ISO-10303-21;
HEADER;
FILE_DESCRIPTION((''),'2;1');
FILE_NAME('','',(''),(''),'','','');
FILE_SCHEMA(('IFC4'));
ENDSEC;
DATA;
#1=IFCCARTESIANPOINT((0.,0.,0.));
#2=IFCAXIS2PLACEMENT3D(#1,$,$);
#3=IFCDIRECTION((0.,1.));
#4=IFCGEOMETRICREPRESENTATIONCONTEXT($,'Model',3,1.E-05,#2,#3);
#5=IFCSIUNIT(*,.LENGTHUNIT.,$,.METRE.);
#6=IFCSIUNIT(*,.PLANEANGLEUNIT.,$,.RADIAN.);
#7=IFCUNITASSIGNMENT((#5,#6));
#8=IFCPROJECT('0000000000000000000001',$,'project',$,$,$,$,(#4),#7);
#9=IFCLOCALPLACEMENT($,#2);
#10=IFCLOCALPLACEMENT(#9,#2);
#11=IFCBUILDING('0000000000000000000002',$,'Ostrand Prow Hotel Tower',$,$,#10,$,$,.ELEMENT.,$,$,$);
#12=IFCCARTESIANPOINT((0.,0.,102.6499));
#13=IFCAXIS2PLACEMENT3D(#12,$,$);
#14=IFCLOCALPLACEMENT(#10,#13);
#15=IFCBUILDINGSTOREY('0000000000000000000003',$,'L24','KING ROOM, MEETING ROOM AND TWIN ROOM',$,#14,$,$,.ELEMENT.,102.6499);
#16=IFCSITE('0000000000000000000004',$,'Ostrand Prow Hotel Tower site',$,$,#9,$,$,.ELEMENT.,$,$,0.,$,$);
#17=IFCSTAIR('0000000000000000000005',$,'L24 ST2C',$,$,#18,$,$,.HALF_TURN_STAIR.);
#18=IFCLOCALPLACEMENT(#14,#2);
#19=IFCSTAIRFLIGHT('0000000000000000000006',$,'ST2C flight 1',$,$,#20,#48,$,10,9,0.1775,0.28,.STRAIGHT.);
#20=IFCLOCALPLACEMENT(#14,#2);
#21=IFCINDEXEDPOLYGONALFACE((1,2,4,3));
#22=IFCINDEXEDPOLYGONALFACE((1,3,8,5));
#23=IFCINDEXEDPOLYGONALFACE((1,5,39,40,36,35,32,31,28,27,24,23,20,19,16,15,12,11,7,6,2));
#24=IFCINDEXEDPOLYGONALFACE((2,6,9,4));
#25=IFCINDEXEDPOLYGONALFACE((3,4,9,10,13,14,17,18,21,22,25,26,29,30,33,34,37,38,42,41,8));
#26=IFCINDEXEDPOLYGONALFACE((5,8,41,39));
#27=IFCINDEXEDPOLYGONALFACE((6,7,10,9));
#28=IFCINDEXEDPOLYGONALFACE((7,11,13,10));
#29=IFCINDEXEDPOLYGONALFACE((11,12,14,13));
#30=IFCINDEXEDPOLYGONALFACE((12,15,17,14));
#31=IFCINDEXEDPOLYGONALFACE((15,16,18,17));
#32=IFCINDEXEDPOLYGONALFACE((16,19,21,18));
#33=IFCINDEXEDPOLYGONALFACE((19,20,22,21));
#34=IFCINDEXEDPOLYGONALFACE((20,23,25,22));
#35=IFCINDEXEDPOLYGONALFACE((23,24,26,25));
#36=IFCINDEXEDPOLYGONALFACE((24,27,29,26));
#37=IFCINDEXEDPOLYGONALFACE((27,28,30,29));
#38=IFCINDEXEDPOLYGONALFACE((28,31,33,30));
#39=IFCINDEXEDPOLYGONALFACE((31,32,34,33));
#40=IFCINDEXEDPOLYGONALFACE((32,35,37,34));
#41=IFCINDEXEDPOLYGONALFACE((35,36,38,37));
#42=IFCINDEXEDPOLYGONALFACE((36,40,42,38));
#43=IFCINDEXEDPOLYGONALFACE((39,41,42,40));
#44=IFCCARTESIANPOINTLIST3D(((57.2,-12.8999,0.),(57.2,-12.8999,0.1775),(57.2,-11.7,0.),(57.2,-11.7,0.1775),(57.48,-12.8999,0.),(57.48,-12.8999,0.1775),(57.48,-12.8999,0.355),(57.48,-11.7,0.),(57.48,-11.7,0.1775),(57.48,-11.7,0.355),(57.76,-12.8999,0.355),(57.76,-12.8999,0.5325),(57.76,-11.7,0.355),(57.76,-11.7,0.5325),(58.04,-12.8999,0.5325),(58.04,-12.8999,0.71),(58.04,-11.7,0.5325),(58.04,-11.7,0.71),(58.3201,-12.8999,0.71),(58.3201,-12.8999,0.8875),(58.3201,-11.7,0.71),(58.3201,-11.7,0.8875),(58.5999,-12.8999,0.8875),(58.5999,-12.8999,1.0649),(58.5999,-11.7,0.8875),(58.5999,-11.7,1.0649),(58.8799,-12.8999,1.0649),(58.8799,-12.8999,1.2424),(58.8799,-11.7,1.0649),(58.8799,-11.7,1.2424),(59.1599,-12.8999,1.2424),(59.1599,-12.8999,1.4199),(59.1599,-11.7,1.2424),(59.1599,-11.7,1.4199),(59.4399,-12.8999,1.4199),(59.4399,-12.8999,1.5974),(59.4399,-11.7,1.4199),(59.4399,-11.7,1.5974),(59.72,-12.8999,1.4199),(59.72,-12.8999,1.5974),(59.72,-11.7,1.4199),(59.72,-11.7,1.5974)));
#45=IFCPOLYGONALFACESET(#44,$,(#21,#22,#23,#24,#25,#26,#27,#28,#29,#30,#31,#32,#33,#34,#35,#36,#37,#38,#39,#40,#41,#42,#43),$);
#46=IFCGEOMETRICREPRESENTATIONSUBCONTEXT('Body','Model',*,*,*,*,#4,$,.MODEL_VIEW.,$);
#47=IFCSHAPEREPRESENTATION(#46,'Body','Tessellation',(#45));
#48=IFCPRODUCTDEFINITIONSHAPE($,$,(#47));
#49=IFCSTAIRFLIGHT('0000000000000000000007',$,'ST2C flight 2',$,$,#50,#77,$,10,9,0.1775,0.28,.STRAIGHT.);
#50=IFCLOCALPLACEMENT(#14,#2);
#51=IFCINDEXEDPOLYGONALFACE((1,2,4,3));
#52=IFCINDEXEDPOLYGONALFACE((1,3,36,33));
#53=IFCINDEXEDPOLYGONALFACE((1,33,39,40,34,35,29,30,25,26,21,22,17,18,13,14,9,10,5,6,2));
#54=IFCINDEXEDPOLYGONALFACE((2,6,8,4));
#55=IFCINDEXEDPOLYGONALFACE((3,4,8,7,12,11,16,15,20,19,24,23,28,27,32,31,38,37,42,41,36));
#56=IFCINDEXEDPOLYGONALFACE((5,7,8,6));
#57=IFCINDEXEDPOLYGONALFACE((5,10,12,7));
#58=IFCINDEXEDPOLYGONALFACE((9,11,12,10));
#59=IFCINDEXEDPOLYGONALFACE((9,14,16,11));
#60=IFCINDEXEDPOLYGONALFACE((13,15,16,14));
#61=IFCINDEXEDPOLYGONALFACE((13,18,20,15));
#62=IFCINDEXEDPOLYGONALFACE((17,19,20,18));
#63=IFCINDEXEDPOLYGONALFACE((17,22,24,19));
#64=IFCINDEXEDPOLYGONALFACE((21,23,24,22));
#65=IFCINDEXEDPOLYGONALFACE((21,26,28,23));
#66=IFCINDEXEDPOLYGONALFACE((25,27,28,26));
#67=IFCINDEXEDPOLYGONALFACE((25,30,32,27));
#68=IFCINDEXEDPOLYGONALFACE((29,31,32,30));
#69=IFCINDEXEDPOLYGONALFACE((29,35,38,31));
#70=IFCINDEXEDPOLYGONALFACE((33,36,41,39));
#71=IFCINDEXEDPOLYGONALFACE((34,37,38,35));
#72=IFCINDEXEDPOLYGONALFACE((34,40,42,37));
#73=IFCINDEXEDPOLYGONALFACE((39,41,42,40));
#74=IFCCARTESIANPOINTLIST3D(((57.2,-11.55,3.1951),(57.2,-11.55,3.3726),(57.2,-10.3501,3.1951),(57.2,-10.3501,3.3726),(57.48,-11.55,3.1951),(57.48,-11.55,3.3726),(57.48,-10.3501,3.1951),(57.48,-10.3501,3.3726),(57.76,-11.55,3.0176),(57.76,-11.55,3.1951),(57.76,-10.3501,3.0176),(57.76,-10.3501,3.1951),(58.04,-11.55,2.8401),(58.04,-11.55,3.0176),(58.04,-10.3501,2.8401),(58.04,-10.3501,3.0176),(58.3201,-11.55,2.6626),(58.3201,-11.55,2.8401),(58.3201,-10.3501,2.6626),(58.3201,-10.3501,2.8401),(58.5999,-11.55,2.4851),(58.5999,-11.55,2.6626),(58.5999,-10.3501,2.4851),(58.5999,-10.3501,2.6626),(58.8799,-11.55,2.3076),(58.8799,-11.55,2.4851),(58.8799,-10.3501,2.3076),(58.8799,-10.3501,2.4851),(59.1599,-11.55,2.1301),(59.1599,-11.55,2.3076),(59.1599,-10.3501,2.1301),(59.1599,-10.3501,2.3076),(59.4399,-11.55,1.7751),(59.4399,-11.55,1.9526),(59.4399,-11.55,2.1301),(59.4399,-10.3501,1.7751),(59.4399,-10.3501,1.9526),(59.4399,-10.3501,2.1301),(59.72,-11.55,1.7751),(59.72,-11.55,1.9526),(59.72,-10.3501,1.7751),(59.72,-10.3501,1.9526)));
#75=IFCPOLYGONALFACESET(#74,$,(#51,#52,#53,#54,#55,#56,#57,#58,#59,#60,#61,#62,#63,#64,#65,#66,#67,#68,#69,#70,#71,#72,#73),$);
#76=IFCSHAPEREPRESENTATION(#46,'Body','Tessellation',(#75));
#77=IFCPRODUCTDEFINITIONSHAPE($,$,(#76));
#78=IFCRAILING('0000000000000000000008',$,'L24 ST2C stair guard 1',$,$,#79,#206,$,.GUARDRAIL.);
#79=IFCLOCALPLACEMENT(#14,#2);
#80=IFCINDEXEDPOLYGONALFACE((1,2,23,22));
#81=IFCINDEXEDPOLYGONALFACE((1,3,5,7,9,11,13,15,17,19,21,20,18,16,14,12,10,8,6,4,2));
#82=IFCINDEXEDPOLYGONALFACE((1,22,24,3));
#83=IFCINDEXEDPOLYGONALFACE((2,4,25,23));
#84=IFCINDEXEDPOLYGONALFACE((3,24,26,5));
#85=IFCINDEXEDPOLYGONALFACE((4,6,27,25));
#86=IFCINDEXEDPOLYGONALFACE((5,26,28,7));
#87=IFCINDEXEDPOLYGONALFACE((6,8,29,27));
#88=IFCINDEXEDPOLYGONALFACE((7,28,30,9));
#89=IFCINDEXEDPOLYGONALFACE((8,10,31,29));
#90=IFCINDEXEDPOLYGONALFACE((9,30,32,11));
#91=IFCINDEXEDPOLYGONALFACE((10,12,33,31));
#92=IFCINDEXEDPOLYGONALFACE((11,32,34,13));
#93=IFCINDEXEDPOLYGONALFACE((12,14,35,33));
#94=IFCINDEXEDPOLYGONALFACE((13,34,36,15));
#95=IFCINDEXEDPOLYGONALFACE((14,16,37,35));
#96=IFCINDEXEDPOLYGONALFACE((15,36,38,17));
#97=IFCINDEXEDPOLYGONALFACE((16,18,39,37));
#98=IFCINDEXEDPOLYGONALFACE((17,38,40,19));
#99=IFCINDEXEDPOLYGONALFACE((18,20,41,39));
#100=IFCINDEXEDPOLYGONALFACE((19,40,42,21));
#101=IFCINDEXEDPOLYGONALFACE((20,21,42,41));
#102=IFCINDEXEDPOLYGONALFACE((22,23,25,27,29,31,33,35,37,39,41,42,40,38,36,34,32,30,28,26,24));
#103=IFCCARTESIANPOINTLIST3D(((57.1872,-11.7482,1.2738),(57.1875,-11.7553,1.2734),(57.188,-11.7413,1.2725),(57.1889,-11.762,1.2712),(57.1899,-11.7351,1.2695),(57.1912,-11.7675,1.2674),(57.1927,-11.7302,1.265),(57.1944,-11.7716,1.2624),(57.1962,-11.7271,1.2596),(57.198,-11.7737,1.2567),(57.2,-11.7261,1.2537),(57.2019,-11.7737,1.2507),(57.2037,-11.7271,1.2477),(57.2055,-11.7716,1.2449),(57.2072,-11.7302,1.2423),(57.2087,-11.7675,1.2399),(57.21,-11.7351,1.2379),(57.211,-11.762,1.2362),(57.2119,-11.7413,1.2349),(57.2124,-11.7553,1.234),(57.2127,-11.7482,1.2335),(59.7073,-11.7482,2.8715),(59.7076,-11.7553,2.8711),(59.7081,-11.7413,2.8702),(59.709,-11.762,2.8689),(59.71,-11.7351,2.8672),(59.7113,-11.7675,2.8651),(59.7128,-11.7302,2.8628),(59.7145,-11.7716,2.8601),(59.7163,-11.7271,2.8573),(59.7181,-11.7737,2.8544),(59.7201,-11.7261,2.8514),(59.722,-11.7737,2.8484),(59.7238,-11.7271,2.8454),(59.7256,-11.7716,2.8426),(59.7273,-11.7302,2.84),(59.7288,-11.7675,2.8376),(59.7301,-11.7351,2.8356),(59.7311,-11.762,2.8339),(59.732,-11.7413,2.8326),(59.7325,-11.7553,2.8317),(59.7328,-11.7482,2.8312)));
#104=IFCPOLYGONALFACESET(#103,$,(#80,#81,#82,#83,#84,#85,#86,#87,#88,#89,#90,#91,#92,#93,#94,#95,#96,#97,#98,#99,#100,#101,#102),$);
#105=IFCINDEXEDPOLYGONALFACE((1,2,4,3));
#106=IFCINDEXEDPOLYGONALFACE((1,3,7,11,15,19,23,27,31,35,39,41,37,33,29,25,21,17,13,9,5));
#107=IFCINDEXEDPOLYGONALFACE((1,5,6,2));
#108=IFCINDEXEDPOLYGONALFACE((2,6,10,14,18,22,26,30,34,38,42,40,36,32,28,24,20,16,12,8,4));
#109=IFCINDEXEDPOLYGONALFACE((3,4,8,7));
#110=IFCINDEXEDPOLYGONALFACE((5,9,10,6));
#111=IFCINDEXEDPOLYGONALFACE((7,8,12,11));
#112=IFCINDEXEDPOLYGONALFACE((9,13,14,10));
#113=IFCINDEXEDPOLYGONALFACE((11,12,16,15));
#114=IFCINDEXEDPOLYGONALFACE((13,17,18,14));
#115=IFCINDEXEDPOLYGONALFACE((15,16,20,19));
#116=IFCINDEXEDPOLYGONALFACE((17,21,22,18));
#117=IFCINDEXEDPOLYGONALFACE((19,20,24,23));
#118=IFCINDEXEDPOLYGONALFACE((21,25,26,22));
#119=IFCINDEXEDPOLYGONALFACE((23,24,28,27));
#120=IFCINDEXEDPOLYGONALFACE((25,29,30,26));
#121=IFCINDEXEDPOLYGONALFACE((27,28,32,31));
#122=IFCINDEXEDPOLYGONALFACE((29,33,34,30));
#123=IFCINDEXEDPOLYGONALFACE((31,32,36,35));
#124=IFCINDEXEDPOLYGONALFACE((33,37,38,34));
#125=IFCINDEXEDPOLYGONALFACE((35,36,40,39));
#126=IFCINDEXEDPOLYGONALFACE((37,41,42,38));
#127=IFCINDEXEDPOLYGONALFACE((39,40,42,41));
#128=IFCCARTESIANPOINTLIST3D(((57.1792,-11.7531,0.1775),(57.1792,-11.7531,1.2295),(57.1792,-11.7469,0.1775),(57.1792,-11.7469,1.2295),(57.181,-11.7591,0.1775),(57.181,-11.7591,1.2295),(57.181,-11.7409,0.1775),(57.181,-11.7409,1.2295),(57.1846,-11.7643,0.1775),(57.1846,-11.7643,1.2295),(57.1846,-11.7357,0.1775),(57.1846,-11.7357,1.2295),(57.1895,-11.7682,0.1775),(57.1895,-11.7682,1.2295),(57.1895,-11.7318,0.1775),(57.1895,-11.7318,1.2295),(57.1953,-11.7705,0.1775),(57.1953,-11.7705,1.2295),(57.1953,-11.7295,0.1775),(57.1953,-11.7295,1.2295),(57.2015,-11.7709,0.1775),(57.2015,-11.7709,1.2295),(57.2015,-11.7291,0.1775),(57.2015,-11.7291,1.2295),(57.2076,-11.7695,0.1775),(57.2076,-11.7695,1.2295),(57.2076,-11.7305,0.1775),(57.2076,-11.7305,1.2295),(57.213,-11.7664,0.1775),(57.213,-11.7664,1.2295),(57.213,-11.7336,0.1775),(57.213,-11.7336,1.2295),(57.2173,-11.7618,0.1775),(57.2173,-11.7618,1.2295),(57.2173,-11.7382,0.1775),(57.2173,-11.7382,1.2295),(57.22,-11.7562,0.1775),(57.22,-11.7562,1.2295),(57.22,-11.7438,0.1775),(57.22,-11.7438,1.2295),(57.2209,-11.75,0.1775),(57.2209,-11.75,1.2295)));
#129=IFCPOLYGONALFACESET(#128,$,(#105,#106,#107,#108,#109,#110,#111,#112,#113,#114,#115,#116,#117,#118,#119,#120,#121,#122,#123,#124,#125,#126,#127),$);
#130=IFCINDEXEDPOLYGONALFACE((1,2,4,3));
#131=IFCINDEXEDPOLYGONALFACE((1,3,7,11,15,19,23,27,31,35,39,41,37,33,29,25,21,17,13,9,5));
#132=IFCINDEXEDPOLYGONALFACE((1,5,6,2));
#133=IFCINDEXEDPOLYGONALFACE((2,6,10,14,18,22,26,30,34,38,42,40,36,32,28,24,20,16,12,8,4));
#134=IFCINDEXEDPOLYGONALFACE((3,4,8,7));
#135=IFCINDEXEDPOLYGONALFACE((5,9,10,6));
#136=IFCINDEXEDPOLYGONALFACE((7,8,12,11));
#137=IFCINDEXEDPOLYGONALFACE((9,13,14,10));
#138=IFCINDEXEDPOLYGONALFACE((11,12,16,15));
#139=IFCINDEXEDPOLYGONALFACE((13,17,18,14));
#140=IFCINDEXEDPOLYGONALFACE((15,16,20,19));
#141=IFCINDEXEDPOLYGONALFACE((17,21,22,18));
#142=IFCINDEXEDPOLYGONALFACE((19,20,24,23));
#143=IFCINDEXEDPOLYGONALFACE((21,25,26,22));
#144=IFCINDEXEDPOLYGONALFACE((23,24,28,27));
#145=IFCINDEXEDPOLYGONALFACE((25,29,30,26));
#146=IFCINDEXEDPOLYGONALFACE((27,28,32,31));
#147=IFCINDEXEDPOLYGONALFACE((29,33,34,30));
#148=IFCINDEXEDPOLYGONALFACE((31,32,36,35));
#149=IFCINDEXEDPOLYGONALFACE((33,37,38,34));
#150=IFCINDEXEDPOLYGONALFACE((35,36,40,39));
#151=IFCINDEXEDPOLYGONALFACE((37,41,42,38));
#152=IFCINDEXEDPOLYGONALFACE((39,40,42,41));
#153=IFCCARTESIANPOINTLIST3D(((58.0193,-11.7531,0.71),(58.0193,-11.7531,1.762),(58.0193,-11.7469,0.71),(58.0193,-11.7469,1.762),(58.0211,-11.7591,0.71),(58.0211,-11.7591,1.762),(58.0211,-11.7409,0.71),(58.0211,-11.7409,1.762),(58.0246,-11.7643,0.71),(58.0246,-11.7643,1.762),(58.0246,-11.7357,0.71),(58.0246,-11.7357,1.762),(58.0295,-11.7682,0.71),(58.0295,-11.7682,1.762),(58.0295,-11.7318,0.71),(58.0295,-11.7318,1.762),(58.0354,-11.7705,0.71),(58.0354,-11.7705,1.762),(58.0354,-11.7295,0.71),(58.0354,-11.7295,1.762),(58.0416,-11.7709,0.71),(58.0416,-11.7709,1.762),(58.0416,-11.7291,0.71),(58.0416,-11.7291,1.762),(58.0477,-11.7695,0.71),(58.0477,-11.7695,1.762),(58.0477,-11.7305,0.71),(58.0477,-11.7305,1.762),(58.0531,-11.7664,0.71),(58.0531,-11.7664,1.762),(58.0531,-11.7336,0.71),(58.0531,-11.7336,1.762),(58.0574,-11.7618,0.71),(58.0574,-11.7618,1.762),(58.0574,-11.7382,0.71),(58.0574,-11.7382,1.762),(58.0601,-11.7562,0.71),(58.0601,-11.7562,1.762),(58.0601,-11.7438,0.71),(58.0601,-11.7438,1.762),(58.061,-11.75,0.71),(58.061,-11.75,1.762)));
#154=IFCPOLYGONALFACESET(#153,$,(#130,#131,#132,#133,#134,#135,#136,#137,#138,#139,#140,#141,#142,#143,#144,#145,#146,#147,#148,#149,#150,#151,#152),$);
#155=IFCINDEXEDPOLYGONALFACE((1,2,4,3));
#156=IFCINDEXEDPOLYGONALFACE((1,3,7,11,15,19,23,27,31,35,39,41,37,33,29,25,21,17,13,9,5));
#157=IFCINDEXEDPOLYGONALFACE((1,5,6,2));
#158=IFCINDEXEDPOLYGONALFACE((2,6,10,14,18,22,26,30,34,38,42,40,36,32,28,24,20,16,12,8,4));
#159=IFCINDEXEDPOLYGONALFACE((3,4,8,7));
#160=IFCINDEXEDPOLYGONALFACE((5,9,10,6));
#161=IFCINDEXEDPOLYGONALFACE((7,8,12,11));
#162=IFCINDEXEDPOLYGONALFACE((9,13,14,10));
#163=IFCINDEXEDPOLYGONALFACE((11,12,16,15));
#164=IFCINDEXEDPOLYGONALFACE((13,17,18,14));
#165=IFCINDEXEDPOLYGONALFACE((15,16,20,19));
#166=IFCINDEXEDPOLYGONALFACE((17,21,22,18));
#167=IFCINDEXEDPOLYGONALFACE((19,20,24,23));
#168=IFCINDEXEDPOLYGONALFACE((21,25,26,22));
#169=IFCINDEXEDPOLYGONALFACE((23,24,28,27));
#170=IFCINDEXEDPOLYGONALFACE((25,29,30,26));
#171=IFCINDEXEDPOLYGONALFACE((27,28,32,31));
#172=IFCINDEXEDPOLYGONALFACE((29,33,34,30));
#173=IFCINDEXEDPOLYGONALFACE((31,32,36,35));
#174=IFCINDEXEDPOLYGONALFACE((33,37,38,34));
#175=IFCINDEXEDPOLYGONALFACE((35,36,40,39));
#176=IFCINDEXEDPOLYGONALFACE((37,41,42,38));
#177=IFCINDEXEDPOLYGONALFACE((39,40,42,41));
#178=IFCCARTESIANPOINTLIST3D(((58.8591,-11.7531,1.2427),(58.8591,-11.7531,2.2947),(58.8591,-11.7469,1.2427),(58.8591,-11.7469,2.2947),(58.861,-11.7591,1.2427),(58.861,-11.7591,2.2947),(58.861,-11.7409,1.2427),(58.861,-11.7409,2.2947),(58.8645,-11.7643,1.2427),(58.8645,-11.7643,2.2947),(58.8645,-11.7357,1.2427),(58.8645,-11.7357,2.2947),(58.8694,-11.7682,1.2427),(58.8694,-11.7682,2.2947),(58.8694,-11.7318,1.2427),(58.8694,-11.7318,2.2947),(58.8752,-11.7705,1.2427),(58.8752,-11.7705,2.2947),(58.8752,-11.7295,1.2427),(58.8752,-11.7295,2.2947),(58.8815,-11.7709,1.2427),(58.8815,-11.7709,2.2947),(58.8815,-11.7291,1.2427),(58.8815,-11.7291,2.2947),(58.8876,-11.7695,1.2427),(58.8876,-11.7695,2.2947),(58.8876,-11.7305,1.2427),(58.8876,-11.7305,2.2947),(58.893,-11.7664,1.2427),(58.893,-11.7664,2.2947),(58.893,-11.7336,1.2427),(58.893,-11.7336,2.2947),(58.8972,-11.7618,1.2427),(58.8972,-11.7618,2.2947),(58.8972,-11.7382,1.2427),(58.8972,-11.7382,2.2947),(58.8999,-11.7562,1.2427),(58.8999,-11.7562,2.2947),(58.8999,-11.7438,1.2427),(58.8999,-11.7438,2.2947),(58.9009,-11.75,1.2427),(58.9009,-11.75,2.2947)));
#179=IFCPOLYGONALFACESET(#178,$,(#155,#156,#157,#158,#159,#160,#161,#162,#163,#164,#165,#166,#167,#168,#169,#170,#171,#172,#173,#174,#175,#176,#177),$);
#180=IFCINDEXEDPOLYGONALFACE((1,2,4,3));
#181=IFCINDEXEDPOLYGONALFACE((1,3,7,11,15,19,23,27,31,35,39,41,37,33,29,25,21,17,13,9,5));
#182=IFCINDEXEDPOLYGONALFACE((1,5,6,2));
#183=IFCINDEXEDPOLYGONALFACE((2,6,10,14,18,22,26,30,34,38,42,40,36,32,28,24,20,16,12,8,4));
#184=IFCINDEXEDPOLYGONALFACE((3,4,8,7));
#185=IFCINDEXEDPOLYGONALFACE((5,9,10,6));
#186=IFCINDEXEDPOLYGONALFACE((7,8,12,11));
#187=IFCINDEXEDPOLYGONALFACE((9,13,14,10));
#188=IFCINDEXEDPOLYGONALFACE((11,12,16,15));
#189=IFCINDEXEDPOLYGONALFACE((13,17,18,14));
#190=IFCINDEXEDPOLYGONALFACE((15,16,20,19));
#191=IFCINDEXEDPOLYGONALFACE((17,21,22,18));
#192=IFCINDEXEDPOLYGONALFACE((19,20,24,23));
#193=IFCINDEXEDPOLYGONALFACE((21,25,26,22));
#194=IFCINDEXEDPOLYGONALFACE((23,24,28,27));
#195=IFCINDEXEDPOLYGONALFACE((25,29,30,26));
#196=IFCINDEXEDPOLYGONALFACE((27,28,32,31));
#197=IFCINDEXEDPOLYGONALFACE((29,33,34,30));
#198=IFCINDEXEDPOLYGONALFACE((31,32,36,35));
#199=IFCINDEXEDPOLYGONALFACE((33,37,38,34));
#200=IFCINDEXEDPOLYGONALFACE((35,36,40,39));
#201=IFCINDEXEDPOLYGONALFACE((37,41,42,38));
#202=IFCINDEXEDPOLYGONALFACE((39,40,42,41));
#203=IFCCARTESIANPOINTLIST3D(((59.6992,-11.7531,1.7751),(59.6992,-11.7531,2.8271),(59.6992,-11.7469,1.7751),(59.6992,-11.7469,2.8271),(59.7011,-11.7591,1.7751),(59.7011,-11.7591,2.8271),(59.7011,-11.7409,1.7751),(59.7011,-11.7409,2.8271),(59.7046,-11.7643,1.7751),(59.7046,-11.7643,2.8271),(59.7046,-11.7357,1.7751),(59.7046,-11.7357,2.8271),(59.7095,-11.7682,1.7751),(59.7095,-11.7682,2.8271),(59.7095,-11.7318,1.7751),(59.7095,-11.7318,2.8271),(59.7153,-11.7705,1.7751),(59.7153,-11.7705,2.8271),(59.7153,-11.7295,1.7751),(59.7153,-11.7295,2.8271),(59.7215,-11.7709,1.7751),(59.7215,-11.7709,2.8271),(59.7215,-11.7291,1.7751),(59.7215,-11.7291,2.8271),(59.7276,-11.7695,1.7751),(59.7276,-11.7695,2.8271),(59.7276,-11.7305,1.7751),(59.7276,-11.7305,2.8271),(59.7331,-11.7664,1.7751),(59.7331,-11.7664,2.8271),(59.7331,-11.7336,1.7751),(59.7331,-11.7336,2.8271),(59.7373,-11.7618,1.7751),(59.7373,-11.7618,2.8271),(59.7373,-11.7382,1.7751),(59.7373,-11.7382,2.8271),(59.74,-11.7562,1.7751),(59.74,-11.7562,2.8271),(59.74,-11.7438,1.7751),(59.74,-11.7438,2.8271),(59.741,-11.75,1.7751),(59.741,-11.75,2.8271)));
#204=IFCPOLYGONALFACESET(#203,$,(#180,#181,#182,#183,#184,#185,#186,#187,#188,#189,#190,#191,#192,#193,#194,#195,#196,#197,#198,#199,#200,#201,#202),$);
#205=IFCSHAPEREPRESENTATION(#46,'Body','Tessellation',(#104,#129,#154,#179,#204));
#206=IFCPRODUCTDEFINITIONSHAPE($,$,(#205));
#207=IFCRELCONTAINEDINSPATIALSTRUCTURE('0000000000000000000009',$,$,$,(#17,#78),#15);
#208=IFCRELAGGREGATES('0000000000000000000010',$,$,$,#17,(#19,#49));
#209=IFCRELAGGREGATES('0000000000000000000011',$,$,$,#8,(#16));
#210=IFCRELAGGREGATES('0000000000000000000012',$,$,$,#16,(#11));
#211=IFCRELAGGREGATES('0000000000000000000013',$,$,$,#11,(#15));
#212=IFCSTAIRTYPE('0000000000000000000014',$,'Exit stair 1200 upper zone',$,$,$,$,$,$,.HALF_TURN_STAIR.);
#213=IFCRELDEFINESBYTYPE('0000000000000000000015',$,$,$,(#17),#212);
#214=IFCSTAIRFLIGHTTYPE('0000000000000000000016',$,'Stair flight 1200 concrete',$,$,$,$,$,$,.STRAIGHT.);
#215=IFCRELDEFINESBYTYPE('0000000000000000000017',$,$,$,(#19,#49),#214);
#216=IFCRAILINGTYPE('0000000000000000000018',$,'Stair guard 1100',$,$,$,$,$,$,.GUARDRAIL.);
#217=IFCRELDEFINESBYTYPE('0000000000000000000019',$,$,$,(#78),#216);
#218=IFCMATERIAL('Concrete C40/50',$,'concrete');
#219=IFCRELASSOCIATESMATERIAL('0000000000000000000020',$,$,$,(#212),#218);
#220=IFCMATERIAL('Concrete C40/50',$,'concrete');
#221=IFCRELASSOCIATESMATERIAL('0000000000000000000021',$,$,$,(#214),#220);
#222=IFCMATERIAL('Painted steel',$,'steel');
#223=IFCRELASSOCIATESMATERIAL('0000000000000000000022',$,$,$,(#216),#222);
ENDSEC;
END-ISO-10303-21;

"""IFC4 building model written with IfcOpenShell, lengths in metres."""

from ifc_helpers import new_model, si_unit, direction, frame, origin, origin_2d, place, context, subcontext, project, spatial, polyline, circle, outline, extrude, material, type_object, element, aggregate, save


model = new_model("IFC4")

# Units and contexts
model_context = context("Model", 3, precision=1e-05, world=origin(), true_north=direction((0.0, 1.0)))
body_context = subcontext(model_context, "Body", "Model", "MODEL_VIEW")
ifc_project = project(units=[si_unit("LENGTHUNIT", "METRE"), si_unit("PLANEANGLEUNIT", "RADIAN")], contexts=[model_context])

# Site, building, storey
site_placement = place(None, origin())
site = spatial("IfcSite", under=ifc_project, at=site_placement, Name="Ostrand Prow Hotel Tower site", CompositionType="ELEMENT", RefElevation=0.0)
building_placement = place(site_placement, origin())
building = spatial("IfcBuilding", under=site, at=building_placement, Name="Ostrand Prow Hotel Tower", CompositionType="ELEMENT")
storey_placement = place(building_placement, frame((0.0, 0.0, 102.6499)))
storey = spatial("IfcBuildingStorey", under=building, at=storey_placement, Name="L24", Description="KING ROOM, MEETING ROOM AND TWIN ROOM", CompositionType="ELEMENT", Elevation=102.6499)

# Stair, stair flights
ifc_material_1 = material(Name="Concrete C40/50", Category="concrete")
stair_type = type_object("IfcStairType", Name="Exit stair 1200 upper zone", PredefinedType="HALF_TURN_STAIR", material=ifc_material_1)
stair_placement = place(storey_placement, origin())
stair = element("IfcStair", 1, at=stair_placement, inside=storey, type_object=stair_type, Name="L24 ST2C", PredefinedType="HALF_TURN_STAIR")
ifc_material_2 = material(Name="Concrete C40/50", Category="concrete")
stair_flight_type = type_object("IfcStairFlightType", Name="Stair flight 1200 concrete", PredefinedType="STRAIGHT", material=ifc_material_2)
stair_flight_1_placement = place(storey_placement, frame((57.2, -12.3, 0.0), z_axis=(0.0, 0.0, 1.0), x_axis=(1.0, 0.0, 0.0)))
stair_flight_1 = element("IfcStairFlight", 2, at=stair_flight_1_placement, type_object=stair_flight_type, Name="ST2C flight 1", NumberOfRisers=10, NumberOfTreads=9, PredefinedType="STRAIGHT", RiserHeight=0.1775, TreadLength=0.28, context=body_context, shape_type="SweptSolid", body=[
    extrude(outline(polyline([(0.0, 0.0), (0.0, 0.1775), (0.28, 0.1775), (0.28, 0.355), (0.5601, 0.355), (0.5601, 0.5325), (0.8401, 0.5325), (0.8401, 0.71), (1.1201, 0.71), (1.1201, 0.8875), (1.3999, 0.8875), (1.3999, 1.0649), (1.6799, 1.0649), (1.6799, 1.2424), (1.96, 1.2424), (1.96, 1.4199), (2.24, 1.4199), (2.24, 1.5974), (2.52, 1.5974), (2.52, 1.7749), (2.52, 1.4199), (0.28, 0.0), (0.0, 0.0)])), frame((0.0, 0.6001, 0.0), z_axis=(0.0, -1.0, 0.0), x_axis=(1.0, 0.0, 0.0)), (0.0, 0.0, 1.0), 1.2),
])
stair_flight_2_placement = place(storey_placement, frame((59.72, -10.95, 1.7751), z_axis=(0.0, 0.0, 1.0), x_axis=(-1.0, 0.0, 0.0)))
stair_flight_2 = element("IfcStairFlight", 3, at=stair_flight_2_placement, type_object=stair_flight_type, Name="ST2C flight 2", NumberOfRisers=10, NumberOfTreads=9, PredefinedType="STRAIGHT", RiserHeight=0.1775, TreadLength=0.28, context=body_context, shape_type="SweptSolid", body=[
    extrude(outline(polyline([(0.0, 0.0), (0.0, 0.1775), (0.28, 0.1775), (0.28, 0.355), (0.5601, 0.355), (0.5601, 0.5325), (0.8401, 0.5325), (0.8401, 0.71), (1.1201, 0.71), (1.1201, 0.8875), (1.3999, 0.8875), (1.3999, 1.0649), (1.6799, 1.0649), (1.6799, 1.2424), (1.96, 1.2424), (1.96, 1.4199), (2.24, 1.4199), (2.24, 1.5974), (2.52, 1.5974), (2.52, 1.7749), (2.52, 1.4199), (0.28, 0.0), (0.0, 0.0)])), frame((0.0, 0.6001, 0.0), z_axis=(0.0, -1.0, 0.0), x_axis=(1.0, 0.0, 0.0)), (0.0, 0.0, 1.0), 1.2),
])
aggregate(stair, [stair_flight_1, stair_flight_2])

# Railing
ifc_material_3 = material(Name="Painted steel", Category="steel")
railing_type_1 = type_object("IfcRailingType", Name="Stair guard 1100", PredefinedType="GUARDRAIL", material=ifc_material_3)
railing_1_placement = place(storey_placement, frame((57.2, -11.75, 0.1775)))
element("IfcRailing", 4, at=railing_1_placement, inside=storey, type_object=railing_type_1, Name="L24 ST2C stair guard 1", PredefinedType="GUARDRAIL", context=body_context, shape_type="SweptSolid", body=[
    extrude(circle(Radius=0.0239, at=origin_2d()), frame((0.0, 0.0, 1.0762), z_axis=(0.84457, 0.0, 0.535445), x_axis=(0.0, 1.0, 0.0)), (0.0, 0.0, 1.0), 2.9839),
    extrude(circle(Radius=0.021, at=origin_2d()), origin(), (0.0, 0.0, 1.0), 1.052),
    extrude(circle(Radius=0.021, at=origin_2d()), frame((0.8401, 0.0, 0.5325)), (0.0, 0.0, 1.0), 1.052),
    extrude(circle(Radius=0.021, at=origin_2d()), frame((1.6799, 0.0, 1.0652)), (0.0, 0.0, 1.0), 1.052),
    extrude(circle(Radius=0.021, at=origin_2d()), frame((2.52, 0.0, 1.5977)), (0.0, 0.0, 1.0), 1.052),
])

save(model, "model.ifc")
